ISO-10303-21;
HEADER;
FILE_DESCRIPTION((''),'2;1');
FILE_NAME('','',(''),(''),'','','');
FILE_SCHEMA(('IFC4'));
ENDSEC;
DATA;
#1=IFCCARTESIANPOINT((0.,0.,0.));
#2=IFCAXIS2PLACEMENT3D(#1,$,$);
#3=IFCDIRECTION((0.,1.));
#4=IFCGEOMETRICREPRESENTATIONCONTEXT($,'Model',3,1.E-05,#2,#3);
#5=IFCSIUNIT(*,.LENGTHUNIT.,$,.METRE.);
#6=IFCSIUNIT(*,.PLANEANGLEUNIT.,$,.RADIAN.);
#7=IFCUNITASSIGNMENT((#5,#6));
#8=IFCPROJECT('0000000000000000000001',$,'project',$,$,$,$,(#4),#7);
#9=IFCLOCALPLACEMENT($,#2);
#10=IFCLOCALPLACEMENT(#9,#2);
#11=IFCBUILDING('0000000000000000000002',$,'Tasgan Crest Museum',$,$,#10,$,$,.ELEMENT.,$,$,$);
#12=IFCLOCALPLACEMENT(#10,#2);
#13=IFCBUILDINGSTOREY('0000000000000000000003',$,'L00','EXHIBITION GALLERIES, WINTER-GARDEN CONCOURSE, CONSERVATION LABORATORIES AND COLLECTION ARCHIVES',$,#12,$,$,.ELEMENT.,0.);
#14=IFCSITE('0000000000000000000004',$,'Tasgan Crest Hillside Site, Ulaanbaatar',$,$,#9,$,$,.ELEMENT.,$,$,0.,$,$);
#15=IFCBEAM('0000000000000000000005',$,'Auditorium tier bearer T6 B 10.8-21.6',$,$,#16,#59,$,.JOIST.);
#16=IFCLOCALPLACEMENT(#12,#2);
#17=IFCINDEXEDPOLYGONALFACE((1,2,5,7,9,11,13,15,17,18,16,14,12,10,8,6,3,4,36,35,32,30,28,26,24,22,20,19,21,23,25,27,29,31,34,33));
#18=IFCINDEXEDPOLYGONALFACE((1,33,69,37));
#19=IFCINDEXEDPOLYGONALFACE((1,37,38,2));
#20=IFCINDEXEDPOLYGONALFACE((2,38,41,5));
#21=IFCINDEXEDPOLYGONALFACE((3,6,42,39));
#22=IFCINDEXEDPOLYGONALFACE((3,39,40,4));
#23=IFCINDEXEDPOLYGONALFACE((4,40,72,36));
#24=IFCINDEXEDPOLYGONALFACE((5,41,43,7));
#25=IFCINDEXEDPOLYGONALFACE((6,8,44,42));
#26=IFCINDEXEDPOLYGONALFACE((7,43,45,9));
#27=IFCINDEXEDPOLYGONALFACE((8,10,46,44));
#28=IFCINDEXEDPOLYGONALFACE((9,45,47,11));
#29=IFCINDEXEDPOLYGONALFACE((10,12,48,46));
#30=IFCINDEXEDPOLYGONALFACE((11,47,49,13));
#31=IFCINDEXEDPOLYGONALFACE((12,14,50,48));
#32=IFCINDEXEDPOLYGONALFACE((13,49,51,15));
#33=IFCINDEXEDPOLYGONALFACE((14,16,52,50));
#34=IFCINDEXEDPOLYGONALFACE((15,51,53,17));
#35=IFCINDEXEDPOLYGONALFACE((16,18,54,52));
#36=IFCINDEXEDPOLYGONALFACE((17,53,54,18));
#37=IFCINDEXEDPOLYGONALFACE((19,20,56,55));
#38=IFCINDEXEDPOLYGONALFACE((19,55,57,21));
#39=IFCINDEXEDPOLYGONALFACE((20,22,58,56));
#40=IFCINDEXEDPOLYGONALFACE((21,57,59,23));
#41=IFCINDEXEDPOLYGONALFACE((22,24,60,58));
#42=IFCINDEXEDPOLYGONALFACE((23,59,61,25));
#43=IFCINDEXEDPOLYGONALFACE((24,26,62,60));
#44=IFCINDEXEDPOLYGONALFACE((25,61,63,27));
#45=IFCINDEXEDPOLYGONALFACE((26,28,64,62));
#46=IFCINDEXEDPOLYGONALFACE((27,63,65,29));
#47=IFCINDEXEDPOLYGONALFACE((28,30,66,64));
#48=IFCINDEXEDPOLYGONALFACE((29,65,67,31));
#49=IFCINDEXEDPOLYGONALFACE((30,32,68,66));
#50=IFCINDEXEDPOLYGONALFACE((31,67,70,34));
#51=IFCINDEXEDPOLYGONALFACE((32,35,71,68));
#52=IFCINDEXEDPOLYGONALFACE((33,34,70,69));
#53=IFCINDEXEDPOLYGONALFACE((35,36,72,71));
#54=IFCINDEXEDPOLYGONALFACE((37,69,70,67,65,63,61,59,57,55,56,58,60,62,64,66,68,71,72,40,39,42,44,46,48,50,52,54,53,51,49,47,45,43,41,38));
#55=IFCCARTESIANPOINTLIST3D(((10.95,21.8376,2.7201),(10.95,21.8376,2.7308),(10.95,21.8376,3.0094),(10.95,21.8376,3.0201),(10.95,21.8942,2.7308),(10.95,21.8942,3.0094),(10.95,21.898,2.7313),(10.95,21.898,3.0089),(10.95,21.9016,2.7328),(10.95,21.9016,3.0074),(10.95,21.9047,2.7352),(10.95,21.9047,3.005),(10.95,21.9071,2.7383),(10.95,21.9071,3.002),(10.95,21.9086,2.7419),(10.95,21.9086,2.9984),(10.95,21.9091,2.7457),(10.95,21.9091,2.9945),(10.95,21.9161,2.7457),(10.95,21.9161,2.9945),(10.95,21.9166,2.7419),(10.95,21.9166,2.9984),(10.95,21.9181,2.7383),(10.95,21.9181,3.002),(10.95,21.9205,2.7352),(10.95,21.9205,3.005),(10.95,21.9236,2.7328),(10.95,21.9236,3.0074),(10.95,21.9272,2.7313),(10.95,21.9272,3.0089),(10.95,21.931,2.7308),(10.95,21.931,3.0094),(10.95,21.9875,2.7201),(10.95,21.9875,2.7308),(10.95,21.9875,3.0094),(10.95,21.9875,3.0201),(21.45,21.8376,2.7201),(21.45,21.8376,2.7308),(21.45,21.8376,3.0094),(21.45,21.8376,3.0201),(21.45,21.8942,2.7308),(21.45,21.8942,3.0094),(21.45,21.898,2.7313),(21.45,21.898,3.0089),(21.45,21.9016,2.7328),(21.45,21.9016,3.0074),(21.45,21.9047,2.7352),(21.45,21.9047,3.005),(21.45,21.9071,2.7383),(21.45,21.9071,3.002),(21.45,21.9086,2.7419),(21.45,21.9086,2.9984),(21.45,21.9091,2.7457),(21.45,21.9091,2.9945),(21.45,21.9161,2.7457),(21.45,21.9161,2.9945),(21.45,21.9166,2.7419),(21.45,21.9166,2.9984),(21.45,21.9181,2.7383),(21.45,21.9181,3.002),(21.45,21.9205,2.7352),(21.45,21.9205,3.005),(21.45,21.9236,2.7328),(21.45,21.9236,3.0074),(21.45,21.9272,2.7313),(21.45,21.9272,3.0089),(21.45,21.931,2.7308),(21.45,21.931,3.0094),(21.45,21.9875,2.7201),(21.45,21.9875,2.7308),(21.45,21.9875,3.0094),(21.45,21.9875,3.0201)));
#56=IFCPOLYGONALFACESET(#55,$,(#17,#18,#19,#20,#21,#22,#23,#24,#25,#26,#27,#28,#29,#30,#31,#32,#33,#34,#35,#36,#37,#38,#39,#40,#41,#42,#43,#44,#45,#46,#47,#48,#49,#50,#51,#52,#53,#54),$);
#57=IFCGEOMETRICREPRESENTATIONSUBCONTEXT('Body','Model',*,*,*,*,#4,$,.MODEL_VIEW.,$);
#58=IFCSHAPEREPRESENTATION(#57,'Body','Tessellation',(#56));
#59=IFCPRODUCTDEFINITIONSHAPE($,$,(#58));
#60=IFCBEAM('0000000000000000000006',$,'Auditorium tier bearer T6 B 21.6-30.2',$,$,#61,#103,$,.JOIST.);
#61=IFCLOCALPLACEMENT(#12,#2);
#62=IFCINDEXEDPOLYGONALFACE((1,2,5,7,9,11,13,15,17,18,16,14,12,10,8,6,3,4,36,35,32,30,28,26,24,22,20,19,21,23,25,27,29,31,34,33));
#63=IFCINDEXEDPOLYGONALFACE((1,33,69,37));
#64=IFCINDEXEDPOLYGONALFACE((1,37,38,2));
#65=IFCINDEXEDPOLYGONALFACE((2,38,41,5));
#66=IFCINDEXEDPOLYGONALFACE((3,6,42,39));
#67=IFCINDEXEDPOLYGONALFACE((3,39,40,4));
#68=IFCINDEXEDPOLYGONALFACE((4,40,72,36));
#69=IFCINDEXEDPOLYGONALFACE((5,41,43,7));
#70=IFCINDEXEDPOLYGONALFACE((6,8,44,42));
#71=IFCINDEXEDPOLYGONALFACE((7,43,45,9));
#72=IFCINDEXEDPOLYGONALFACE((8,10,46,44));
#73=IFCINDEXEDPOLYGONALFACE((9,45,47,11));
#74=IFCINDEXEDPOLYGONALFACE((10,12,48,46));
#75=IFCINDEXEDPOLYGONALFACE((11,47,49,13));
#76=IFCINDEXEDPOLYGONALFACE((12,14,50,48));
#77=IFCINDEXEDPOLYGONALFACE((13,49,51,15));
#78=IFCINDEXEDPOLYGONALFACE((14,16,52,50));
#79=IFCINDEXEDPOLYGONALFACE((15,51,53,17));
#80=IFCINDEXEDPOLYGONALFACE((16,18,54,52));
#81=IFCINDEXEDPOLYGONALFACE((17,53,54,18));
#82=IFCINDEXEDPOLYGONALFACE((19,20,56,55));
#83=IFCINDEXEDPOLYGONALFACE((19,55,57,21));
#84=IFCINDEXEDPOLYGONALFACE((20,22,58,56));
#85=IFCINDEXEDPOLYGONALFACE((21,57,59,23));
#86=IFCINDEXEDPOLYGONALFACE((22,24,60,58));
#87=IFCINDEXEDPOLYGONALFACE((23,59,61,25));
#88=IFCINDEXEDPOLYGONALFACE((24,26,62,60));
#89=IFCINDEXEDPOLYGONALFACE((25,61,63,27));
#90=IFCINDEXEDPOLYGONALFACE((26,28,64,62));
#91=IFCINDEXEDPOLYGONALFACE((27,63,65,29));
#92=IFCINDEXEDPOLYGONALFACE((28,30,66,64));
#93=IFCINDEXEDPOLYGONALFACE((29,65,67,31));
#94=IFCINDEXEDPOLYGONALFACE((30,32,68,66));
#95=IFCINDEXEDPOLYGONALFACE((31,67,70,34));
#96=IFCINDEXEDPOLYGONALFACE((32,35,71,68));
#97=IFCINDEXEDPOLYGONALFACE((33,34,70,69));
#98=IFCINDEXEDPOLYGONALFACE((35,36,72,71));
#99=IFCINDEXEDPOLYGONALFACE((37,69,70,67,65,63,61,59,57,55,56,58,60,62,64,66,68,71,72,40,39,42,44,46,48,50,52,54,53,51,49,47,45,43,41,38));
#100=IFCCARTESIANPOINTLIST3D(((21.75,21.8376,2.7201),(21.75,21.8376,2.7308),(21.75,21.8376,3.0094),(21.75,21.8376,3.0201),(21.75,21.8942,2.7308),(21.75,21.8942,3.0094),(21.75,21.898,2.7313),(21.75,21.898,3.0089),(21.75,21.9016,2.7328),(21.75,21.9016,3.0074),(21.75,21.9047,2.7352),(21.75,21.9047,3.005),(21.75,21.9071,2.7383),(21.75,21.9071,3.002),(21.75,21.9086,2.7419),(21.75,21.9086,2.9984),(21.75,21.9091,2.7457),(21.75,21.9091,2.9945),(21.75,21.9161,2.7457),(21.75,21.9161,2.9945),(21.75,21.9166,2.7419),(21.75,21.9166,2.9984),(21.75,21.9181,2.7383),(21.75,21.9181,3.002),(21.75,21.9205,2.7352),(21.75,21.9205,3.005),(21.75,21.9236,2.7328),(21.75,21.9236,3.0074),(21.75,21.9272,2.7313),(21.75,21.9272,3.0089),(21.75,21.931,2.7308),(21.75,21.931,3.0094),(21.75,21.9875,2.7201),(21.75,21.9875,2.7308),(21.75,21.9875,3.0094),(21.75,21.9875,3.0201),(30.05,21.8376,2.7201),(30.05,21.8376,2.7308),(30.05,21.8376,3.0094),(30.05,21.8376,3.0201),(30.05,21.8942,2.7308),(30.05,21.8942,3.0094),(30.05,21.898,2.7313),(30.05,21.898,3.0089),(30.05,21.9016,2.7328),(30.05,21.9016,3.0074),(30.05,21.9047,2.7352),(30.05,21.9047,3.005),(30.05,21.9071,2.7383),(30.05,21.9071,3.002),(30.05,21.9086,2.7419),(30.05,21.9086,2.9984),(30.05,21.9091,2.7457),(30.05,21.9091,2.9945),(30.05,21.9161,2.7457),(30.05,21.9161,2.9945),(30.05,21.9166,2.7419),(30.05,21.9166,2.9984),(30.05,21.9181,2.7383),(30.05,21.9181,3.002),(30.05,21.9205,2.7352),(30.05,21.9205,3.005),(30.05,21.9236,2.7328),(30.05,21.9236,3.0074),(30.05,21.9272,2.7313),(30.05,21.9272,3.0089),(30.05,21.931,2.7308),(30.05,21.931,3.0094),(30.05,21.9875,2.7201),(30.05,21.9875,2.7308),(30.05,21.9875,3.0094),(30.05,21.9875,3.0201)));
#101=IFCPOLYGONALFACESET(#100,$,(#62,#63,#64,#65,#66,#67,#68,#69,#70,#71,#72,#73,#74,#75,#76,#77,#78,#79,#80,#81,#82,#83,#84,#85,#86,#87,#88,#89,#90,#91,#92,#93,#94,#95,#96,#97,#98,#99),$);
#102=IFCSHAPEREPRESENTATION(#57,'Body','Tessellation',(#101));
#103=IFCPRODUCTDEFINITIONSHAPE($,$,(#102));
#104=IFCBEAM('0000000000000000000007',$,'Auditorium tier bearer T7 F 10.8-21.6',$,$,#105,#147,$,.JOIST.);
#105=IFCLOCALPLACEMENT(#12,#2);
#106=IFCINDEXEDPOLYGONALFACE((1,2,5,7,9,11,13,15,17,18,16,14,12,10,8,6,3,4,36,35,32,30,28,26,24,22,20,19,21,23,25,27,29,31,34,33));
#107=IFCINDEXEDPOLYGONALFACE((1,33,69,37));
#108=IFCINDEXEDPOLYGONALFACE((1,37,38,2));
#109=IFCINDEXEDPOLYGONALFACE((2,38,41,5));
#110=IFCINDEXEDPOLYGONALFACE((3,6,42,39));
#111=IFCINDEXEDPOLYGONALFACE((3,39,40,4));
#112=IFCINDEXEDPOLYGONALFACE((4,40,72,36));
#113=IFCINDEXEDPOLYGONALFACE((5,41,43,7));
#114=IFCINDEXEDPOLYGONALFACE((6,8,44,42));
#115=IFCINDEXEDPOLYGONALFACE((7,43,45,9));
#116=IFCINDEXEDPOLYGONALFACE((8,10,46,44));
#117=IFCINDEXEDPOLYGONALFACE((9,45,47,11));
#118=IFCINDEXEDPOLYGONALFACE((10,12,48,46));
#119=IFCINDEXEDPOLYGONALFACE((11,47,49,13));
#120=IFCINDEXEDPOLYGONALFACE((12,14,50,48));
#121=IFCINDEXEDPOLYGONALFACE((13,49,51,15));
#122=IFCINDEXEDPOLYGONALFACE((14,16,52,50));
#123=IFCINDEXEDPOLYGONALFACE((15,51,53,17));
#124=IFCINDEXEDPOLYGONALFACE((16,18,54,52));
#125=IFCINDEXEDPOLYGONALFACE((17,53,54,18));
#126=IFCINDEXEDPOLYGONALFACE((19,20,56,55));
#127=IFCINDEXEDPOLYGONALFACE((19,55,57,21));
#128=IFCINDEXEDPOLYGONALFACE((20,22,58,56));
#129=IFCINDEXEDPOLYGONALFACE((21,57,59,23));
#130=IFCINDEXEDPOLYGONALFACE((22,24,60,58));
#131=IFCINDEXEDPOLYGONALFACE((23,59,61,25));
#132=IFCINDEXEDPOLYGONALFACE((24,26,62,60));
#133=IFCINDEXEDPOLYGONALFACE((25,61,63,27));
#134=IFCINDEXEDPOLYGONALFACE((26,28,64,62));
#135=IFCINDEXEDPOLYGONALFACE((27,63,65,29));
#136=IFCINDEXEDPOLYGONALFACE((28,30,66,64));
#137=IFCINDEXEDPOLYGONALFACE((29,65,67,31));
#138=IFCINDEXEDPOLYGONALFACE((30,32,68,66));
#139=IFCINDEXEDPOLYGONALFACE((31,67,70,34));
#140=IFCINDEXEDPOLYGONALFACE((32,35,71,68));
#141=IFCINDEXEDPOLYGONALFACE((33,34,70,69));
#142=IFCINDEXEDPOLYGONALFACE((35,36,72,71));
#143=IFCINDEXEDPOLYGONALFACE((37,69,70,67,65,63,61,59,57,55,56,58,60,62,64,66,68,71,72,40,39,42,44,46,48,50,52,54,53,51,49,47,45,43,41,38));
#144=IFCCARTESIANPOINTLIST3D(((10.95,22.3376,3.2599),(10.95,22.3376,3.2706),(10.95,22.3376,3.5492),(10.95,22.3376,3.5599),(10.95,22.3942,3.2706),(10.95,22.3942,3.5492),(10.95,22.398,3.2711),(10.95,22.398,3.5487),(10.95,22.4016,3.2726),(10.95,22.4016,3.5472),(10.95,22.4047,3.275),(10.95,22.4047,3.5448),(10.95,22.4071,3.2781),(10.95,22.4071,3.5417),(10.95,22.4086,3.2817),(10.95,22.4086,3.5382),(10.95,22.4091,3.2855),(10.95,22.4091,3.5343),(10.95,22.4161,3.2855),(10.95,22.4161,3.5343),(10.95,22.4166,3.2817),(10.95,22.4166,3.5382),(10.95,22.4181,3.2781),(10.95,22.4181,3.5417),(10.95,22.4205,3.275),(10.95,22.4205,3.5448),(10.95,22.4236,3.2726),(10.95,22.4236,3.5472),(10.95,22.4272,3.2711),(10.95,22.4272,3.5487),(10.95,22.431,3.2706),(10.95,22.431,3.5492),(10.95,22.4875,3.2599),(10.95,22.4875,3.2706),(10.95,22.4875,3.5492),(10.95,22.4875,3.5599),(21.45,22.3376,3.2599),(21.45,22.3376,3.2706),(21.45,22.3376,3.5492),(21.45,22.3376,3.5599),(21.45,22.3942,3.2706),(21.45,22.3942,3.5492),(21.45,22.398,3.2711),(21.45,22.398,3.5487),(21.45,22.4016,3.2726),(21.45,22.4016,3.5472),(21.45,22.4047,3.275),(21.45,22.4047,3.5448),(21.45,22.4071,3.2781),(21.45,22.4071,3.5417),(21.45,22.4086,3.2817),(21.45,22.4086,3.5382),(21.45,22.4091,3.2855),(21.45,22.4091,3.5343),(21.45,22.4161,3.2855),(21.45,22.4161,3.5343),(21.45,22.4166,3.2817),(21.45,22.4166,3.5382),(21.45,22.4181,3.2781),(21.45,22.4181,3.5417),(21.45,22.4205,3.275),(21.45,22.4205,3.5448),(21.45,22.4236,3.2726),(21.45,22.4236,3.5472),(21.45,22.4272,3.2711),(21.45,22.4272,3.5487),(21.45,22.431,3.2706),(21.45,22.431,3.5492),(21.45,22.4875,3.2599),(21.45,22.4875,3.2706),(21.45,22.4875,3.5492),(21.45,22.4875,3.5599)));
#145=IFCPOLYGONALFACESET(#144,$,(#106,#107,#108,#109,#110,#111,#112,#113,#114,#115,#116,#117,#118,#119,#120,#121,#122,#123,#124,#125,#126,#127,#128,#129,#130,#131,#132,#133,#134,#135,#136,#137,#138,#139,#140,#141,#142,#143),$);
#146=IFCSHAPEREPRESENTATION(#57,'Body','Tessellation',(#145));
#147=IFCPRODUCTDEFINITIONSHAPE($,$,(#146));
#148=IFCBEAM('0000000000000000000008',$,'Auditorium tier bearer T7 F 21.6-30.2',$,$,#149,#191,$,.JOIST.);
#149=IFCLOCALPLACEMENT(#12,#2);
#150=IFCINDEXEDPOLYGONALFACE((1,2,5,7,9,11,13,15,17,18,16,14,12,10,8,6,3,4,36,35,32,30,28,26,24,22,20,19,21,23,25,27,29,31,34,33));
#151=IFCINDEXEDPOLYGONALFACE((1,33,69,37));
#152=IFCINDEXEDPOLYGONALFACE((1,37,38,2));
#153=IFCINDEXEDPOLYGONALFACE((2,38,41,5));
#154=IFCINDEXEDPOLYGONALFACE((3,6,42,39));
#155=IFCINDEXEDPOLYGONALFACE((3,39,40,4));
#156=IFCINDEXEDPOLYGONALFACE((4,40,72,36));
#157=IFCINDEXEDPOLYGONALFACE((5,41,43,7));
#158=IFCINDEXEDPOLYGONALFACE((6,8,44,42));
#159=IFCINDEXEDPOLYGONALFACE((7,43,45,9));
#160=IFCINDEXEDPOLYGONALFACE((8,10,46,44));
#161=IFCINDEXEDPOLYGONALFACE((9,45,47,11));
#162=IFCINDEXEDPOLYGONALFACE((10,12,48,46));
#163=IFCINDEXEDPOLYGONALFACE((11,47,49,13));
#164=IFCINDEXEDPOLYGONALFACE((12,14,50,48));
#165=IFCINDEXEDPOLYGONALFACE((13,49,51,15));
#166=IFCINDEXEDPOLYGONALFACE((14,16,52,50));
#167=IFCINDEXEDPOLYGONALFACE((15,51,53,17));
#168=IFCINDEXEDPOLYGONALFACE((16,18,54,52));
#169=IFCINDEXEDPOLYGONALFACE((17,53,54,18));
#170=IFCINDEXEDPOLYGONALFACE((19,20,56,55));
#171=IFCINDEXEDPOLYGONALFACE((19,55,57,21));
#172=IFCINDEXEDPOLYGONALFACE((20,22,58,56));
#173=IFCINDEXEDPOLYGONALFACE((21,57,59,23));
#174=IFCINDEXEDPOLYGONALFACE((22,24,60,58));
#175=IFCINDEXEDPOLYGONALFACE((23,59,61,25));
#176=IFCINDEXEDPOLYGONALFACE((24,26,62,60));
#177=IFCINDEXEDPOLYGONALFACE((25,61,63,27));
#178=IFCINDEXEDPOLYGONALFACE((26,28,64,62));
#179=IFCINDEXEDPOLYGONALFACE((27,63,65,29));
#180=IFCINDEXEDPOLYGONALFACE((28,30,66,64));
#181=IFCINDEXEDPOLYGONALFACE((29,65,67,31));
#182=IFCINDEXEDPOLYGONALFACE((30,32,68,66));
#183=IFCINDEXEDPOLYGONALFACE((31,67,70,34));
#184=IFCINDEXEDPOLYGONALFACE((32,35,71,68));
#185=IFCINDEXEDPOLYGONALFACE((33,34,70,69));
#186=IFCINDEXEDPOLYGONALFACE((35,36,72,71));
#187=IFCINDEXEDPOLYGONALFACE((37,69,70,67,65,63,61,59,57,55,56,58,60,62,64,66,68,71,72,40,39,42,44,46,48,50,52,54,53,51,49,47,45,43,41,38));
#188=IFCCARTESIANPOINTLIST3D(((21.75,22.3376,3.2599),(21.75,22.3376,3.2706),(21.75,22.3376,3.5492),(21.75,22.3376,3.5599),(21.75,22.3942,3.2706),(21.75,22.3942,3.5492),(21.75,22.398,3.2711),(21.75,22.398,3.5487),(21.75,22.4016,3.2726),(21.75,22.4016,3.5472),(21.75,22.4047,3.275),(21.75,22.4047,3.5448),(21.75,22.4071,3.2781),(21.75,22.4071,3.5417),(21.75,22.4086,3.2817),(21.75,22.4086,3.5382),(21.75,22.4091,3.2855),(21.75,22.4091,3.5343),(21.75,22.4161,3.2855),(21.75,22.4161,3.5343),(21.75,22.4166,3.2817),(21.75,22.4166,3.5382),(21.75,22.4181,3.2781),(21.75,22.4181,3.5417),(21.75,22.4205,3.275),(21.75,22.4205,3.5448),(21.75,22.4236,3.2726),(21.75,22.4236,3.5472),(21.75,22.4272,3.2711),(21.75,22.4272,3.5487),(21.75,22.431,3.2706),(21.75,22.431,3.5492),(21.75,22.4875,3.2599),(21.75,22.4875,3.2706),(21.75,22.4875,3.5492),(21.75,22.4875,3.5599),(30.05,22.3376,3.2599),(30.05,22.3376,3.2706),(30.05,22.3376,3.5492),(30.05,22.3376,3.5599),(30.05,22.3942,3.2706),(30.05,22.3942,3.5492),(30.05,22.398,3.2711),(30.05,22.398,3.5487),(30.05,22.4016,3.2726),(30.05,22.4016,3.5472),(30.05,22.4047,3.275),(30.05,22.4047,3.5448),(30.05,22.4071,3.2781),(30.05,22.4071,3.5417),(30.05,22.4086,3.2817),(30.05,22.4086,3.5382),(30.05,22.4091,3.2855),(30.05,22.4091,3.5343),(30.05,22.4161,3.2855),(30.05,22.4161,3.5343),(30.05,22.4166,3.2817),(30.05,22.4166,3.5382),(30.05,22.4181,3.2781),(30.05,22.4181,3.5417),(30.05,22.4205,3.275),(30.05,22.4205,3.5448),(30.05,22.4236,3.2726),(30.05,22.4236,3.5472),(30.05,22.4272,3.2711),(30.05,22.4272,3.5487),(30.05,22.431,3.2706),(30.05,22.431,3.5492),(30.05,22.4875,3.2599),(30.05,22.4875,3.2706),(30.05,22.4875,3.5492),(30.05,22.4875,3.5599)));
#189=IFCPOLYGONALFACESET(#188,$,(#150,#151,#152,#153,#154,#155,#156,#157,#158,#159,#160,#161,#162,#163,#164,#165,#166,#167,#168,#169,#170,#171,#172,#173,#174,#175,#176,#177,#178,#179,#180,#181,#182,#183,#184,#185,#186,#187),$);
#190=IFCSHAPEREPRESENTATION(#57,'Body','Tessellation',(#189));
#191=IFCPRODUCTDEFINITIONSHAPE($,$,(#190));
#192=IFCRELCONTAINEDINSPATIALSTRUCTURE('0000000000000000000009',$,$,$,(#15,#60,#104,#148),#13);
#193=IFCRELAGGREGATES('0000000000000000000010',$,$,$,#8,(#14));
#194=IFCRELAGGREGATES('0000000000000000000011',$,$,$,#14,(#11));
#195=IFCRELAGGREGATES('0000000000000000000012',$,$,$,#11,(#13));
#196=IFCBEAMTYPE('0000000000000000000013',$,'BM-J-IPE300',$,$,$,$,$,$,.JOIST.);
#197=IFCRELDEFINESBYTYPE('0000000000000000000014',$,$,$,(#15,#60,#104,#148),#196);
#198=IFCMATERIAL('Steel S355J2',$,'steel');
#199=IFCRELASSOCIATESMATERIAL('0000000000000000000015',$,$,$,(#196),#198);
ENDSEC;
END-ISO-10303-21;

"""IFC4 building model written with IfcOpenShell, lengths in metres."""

from ifc_helpers import new_model, si_unit, direction, frame, origin, origin_2d, place, context, subcontext, project, spatial, i_section, extrude, material, material_profile, profile_set, type_object, element, save


model = new_model("IFC4")

# Units and contexts
model_context = context("Model", 3, precision=1e-05, world=origin(), true_north=direction((0.0, 1.0)))
body_context = subcontext(model_context, "Body", "Model", "MODEL_VIEW")
ifc_project = project(units=[si_unit("LENGTHUNIT", "METRE"), si_unit("PLANEANGLEUNIT", "RADIAN")], contexts=[model_context])

# Site, building, storey
site_placement = place(None, origin())
site = spatial("IfcSite", under=ifc_project, at=site_placement, Name="Tasgan Crest Hillside Site, Ulaanbaatar", CompositionType="ELEMENT", RefElevation=0.0)
building_placement = place(site_placement, origin())
building = spatial("IfcBuilding", under=site, at=building_placement, Name="Tasgan Crest Museum", CompositionType="ELEMENT")
storey_placement = place(building_placement, origin())
storey = spatial("IfcBuildingStorey", under=building, at=storey_placement, Name="L00", Description="EXHIBITION GALLERIES, WINTER-GARDEN CONCOURSE, CONSERVATION LABORATORIES AND COLLECTION ARCHIVES", CompositionType="ELEMENT", Elevation=0.0)

# Beams
ifc_material_1 = material(Name="Steel S355J2", Category="steel")
ifc_material_profile_1 = material_profile(ifc_material_1, i_section(OverallWidth=0.1499, OverallDepth=0.3, WebThickness=0.0071, FlangeThickness=0.0107, FilletRadius=0.0149, at=origin_2d()), Name="IPE 300")
ifc_profile_set_1 = profile_set([ifc_material_profile_1], Name="Steel S355J2")
beam_type = type_object("IfcBeamType", Name="BM-J-IPE300", PredefinedType="JOIST", material=ifc_profile_set_1)
beam_1_placement = place(storey_placement, frame((10.95, 21.9126, 2.8701), z_axis=(1.0, 0.0, 0.0), x_axis=(0.0, 1.0, 0.0)))
element("IfcBeam", 1, at=beam_1_placement, inside=storey, type_object=beam_type, Name="Auditorium tier bearer T6 B 10.8-21.6", PredefinedType="JOIST", context=body_context, shape_type="SweptSolid", body=[
    extrude(i_section(OverallWidth=0.1499, OverallDepth=0.3, WebThickness=0.0071, FlangeThickness=0.0107, FilletRadius=0.0149, at=origin_2d()), origin(), (0.0, 0.0, 1.0), 10.5),
])
beam_2_placement = place(storey_placement, frame((21.75, 21.9126, 2.8701), z_axis=(1.0, 0.0, 0.0), x_axis=(0.0, 1.0, 0.0)))
element("IfcBeam", 2, at=beam_2_placement, inside=storey, type_object=beam_type, Name="Auditorium tier bearer T6 B 21.6-30.2", PredefinedType="JOIST", context=body_context, shape_type="SweptSolid", body=[
    extrude(i_section(OverallWidth=0.1499, OverallDepth=0.3, WebThickness=0.0071, FlangeThickness=0.0107, FilletRadius=0.0149, at=origin_2d()), origin(), (0.0, 0.0, 1.0), 8.3),
])
beam_3_placement = place(storey_placement, frame((10.95, 22.4126, 3.4099), z_axis=(1.0, 0.0, 0.0), x_axis=(0.0, 1.0, 0.0)))
element("IfcBeam", 3, at=beam_3_placement, inside=storey, type_object=beam_type, Name="Auditorium tier bearer T7 F 10.8-21.6", PredefinedType="JOIST", context=body_context, shape_type="SweptSolid", body=[
    extrude(i_section(OverallWidth=0.1499, OverallDepth=0.3, WebThickness=0.0071, FlangeThickness=0.0107, FilletRadius=0.0149, at=origin_2d()), origin(), (0.0, 0.0, 1.0), 10.5),
])
beam_4_placement = place(storey_placement, frame((21.75, 22.4126, 3.4099), z_axis=(1.0, 0.0, 0.0), x_axis=(0.0, 1.0, 0.0)))
element("IfcBeam", 4, at=beam_4_placement, inside=storey, type_object=beam_type, Name="Auditorium tier bearer T7 F 21.6-30.2", PredefinedType="JOIST", context=body_context, shape_type="SweptSolid", body=[
    extrude(i_section(OverallWidth=0.1499, OverallDepth=0.3, WebThickness=0.0071, FlangeThickness=0.0107, FilletRadius=0.0149, at=origin_2d()), origin(), (0.0, 0.0, 1.0), 8.3),
])

save(model, "model.ifc")
